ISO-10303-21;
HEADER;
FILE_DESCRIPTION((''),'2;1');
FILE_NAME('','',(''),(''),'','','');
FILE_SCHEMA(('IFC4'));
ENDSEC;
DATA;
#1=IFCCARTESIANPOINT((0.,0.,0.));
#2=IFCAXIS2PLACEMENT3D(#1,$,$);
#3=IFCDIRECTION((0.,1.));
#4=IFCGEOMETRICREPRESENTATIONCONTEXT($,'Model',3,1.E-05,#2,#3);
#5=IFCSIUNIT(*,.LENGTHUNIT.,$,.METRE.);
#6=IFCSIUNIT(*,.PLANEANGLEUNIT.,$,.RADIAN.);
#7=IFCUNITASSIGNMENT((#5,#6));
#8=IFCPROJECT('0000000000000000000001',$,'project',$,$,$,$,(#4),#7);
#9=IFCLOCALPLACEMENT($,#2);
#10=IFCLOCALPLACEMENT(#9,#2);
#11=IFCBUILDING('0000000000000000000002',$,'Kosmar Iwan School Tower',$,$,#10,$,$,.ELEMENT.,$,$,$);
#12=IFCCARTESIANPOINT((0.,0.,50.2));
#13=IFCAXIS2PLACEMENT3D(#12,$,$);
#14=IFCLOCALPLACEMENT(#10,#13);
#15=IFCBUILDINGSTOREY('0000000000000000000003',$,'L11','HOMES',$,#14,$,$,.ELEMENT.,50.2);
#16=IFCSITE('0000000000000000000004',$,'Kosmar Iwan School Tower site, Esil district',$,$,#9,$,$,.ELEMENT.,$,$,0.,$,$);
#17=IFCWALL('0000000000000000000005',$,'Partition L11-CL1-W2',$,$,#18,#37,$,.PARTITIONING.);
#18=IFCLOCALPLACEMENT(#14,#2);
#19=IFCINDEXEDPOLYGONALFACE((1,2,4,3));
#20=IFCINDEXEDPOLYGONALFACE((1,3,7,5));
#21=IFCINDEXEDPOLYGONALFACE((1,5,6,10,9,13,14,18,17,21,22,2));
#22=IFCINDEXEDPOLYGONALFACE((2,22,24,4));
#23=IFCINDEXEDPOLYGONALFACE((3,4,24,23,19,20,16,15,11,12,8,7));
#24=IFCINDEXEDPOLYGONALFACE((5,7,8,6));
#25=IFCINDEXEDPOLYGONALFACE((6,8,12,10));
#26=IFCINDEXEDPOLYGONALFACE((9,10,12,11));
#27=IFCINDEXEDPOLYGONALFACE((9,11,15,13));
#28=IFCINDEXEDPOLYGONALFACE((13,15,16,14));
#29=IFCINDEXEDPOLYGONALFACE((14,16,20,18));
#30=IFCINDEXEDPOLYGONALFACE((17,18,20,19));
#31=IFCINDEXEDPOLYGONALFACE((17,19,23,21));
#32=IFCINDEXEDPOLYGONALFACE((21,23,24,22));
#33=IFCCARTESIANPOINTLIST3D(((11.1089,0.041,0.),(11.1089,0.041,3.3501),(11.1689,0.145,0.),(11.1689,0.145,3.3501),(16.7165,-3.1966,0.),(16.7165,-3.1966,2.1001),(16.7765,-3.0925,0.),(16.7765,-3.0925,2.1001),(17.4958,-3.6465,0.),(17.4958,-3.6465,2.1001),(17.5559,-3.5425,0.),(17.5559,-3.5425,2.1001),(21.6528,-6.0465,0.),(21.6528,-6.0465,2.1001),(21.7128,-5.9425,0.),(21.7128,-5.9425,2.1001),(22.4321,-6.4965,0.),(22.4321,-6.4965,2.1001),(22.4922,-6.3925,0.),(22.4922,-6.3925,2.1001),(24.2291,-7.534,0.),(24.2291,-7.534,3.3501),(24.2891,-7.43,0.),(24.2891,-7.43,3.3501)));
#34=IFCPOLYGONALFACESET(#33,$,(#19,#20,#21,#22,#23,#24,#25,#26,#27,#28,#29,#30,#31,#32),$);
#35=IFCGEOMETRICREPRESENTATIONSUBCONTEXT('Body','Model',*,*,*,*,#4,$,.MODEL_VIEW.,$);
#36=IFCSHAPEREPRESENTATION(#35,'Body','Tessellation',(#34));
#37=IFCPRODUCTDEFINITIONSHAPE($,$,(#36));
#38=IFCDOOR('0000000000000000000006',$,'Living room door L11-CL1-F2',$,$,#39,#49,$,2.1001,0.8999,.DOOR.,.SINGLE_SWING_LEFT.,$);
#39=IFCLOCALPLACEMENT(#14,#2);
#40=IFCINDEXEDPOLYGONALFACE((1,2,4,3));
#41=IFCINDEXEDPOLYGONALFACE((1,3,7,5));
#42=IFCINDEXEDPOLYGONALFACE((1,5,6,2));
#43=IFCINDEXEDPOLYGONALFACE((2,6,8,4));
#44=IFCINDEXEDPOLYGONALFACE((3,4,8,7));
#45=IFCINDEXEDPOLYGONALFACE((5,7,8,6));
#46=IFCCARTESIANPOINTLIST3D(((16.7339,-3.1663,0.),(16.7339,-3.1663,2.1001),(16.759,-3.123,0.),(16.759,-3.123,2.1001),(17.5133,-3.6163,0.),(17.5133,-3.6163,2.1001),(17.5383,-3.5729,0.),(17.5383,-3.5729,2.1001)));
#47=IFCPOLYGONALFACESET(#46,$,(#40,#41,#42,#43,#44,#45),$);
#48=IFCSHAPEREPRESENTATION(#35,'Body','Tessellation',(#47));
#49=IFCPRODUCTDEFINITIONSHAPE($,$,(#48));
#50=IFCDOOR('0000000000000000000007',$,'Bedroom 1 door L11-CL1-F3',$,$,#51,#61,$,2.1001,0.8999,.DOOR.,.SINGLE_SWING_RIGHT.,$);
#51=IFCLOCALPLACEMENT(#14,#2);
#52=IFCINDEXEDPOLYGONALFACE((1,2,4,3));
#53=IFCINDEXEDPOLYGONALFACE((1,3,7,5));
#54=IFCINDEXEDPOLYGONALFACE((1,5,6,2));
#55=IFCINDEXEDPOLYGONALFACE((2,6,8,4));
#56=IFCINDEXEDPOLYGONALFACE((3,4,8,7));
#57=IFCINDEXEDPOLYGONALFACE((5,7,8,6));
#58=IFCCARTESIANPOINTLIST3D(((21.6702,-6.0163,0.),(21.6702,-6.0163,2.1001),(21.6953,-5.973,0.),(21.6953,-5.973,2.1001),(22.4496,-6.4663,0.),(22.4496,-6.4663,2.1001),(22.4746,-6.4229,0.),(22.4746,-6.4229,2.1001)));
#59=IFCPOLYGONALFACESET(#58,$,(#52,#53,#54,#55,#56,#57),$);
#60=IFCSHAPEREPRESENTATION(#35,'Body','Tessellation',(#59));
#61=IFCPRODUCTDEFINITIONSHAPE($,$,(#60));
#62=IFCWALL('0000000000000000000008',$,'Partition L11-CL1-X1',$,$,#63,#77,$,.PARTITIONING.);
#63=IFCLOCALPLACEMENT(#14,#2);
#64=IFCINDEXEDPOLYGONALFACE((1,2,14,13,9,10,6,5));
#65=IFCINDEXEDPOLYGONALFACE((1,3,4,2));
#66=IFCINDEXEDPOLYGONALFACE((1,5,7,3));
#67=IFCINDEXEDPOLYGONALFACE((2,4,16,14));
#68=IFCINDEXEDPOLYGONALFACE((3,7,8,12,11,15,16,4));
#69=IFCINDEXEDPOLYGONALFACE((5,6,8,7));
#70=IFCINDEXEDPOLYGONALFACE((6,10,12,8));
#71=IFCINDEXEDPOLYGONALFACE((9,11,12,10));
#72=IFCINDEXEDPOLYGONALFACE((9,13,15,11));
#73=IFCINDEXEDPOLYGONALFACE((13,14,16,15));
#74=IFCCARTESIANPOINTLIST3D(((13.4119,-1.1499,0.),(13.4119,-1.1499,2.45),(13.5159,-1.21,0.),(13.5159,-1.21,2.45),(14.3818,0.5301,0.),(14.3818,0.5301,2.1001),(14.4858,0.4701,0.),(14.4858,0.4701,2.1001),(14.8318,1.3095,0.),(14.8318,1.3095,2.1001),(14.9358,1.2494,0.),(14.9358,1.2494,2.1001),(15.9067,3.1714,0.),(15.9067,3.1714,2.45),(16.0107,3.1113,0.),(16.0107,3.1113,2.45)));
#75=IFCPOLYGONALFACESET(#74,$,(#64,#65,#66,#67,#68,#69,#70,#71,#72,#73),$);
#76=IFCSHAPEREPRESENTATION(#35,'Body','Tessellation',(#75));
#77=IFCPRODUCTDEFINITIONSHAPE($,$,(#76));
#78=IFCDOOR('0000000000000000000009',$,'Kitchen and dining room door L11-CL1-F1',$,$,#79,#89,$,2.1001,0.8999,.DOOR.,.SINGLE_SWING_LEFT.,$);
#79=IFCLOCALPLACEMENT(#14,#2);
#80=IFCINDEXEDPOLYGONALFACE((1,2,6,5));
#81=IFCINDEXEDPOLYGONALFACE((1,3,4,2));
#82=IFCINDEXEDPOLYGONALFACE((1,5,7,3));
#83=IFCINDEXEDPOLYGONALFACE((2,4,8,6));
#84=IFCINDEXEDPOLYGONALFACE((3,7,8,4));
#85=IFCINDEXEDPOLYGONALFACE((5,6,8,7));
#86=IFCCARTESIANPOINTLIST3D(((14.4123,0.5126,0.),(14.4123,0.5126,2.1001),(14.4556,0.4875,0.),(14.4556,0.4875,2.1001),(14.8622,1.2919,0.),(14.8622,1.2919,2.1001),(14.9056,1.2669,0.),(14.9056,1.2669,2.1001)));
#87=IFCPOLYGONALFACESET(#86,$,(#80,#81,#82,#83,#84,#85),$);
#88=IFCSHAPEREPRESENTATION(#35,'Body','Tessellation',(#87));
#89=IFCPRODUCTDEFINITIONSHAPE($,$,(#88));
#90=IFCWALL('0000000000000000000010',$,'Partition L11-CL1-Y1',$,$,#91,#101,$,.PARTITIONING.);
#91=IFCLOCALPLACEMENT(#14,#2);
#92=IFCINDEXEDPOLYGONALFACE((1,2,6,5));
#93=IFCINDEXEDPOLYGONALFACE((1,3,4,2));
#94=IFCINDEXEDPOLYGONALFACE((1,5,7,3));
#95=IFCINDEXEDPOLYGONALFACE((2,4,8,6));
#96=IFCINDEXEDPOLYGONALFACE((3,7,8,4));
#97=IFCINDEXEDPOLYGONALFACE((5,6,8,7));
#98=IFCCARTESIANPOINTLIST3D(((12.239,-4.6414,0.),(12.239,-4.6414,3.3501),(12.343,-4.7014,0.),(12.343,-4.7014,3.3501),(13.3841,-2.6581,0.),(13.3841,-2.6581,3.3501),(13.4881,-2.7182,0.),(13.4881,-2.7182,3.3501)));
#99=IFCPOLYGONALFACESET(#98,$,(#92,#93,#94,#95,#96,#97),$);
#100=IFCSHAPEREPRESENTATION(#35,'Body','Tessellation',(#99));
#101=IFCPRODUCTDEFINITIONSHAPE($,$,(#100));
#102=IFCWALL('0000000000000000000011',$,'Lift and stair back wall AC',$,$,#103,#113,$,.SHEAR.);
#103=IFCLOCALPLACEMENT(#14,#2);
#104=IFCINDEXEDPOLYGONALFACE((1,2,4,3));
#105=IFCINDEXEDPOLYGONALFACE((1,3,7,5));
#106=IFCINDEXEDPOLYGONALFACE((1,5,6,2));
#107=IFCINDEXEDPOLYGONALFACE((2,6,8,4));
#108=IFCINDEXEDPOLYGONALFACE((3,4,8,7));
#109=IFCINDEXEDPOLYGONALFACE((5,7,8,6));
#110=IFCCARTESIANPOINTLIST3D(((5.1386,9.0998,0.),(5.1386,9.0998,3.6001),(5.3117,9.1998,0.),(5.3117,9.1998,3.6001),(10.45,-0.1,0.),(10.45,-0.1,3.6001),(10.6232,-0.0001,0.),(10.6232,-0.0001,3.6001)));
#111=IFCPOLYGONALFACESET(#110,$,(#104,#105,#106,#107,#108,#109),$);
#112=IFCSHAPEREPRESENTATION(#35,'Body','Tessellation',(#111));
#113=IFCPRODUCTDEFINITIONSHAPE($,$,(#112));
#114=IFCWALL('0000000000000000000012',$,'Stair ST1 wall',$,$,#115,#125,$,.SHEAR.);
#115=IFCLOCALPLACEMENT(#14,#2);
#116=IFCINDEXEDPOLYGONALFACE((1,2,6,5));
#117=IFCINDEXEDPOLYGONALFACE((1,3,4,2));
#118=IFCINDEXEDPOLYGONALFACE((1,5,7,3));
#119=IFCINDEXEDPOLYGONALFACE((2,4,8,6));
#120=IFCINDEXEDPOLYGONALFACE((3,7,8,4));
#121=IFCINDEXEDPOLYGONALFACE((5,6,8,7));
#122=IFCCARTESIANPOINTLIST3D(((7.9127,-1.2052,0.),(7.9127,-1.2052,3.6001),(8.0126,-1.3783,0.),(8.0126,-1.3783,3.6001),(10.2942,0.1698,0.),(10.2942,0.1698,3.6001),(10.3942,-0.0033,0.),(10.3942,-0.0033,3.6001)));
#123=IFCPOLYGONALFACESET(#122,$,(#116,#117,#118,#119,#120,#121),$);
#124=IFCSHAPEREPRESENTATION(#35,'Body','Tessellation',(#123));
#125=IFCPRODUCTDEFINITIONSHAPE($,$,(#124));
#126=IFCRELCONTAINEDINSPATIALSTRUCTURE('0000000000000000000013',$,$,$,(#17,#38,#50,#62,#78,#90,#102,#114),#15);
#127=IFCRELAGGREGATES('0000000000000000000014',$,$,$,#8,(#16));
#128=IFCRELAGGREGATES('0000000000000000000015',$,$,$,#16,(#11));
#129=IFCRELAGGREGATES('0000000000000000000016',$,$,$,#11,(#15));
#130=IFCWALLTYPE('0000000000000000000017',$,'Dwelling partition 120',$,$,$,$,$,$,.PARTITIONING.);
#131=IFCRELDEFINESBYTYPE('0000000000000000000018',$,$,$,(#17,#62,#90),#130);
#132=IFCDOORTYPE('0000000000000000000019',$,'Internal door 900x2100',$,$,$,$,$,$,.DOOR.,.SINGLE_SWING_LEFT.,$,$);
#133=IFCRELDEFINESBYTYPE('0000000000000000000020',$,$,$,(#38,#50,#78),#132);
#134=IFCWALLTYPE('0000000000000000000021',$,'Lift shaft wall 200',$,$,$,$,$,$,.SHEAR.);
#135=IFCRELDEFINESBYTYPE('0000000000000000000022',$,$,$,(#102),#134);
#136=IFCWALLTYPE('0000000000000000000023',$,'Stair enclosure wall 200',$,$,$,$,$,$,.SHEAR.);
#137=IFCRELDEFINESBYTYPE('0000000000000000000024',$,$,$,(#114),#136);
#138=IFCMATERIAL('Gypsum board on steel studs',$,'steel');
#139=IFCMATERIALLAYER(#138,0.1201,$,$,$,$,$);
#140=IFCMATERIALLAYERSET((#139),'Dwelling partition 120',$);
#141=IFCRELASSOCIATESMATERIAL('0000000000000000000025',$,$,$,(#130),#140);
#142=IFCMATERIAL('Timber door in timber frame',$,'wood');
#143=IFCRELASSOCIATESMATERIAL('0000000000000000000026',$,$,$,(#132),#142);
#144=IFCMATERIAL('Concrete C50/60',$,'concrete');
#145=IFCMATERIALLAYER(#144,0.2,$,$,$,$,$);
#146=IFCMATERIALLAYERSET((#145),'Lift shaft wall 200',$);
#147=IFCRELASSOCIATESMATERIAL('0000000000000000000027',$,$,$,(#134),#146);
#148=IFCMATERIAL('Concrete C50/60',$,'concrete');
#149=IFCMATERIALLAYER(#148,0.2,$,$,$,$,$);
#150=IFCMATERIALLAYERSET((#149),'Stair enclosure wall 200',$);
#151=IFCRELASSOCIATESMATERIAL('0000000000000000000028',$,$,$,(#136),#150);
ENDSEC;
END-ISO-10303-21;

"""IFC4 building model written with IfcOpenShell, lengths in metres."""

from ifc_helpers import new_model, si_unit, direction, frame, frame_2d, origin, place, context, subcontext, project, spatial, rectangle, extrude, material, layer, layer_set, type_object, element, fill, save


model = new_model("IFC4")

# Units and contexts
model_context = context("Model", 3, precision=1e-05, world=origin(), true_north=direction((0.0, 1.0)))
body_context = subcontext(model_context, "Body", "Model", "MODEL_VIEW")
ifc_project = project(units=[si_unit("LENGTHUNIT", "METRE"), si_unit("PLANEANGLEUNIT", "RADIAN")], contexts=[model_context])

# Site, building, storey
site_placement = place(None, origin())
site = spatial("IfcSite", under=ifc_project, at=site_placement, Name="Kosmar Iwan School Tower site, Esil district", CompositionType="ELEMENT", RefElevation=0.0)
building_placement = place(site_placement, origin())
building = spatial("IfcBuilding", under=site, at=building_placement, Name="Kosmar Iwan School Tower", CompositionType="ELEMENT")
storey_placement = place(building_placement, frame((0.0, 0.0, 50.2)))
storey = spatial("IfcBuildingStorey", under=building, at=storey_placement, Name="L11", Description="HOMES", CompositionType="ELEMENT", Elevation=50.2)

# Wall, openings, doors
ifc_material_1 = material(Name="Gypsum board on steel studs", Category="steel")
ifc_layer_1 = layer(ifc_material_1, 0.1201)
ifc_layer_set_1 = layer_set([ifc_layer_1], Name="Dwelling partition 120")
wall_type_1 = type_object("IfcWallType", Name="Dwelling partition 120", PredefinedType="PARTITIONING", material=ifc_layer_set_1)
ifc_material_2 = material(Name="Timber door in timber frame", Category="wood")
door_type_1 = type_object("IfcDoorType", Name="Internal door 900x2100", OperationType="SINGLE_SWING_LEFT", PredefinedType="DOOR", material=ifc_material_2)
wall_1_placement = place(storey_placement, frame((11.1389, 0.093, 0.0), z_axis=(0.0, 0.0, 1.0), x_axis=(0.866024, -0.500002, 0.0)))
wall_1 = element("IfcWall", 1, at=wall_1_placement, inside=storey, type_object=wall_type_1, Name="Partition L11-CL1-W2", PredefinedType="PARTITIONING", context=body_context, shape_type="SweptSolid", body=[
    extrude(rectangle(XDim=15.1499, YDim=0.1201, at=frame_2d((7.575, 0.0))), origin(), (0.0, 0.0, 1.0), 3.3501),
])
opening_1_placement = place(wall_1_placement, frame((6.4751, 0.0, 0.0)))
opening_1 = element("IfcOpeningElement", 2, at=opening_1_placement, cuts=wall_1, PredefinedType="OPENING", context=body_context, shape_type="SweptSolid", body=[
    extrude(rectangle(XDim=0.8999, YDim=2.1001, at=frame_2d((0.45, 1.05))), frame((0.0, 0.072, 0.0), z_axis=(0.0, -1.0, 0.0), x_axis=(1.0, 0.0, 0.0)), (0.0, 0.0, 1.0), 0.144),
])
opening_2_placement = place(wall_1_placement, frame((12.175, 0.0, 0.0)))
opening_2 = element("IfcOpeningElement", 3, at=opening_2_placement, cuts=wall_1, PredefinedType="OPENING", context=body_context, shape_type="SweptSolid", body=[
    extrude(rectangle(XDim=0.8999, YDim=2.1001, at=frame_2d((0.45, 1.05))), frame((0.0, 0.072, 0.0), z_axis=(0.0, -1.0, 0.0), x_axis=(1.0, 0.0, 0.0)), (0.0, 0.0, 1.0), 0.144),
])
door_1_placement = place(opening_1_placement, origin())
door_1 = element("IfcDoor", 4, at=door_1_placement, inside=storey, type_object=door_type_1, Name="Living room door L11-CL1-F2", OperationType="SINGLE_SWING_LEFT", OverallHeight=2.1001, OverallWidth=0.8999, PredefinedType="DOOR", context=body_context, shape_type="SweptSolid", body=[
    extrude(rectangle(XDim=0.8999, YDim=2.1001, at=frame_2d((0.45, 1.05))), frame((0.0, 0.0249, 0.0), z_axis=(0.0, -1.0, 0.0), x_axis=(1.0, 0.0, 0.0)), (0.0, 0.0, 1.0), 0.05),
])
fill(opening_1, door_1)
door_2_placement = place(opening_2_placement, origin())
door_2 = element("IfcDoor", 5, at=door_2_placement, inside=storey, type_object=door_type_1, Name="Bedroom 1 door L11-CL1-F3", OperationType="SINGLE_SWING_RIGHT", OverallHeight=2.1001, OverallWidth=0.8999, PredefinedType="DOOR", context=body_context, shape_type="SweptSolid", body=[
    extrude(rectangle(XDim=0.8999, YDim=2.1001, at=frame_2d((0.45, 1.05))), frame((0.0, 0.0249, 0.0), z_axis=(0.0, -1.0, 0.0), x_axis=(1.0, 0.0, 0.0)), (0.0, 0.0, 1.0), 0.05),
])
fill(opening_2, door_2)

# Wall, opening, door
wall_2_placement = place(storey_placement, frame((13.4639, -1.1799, 0.0), z_axis=(0.0, 0.0, 1.0), x_axis=(0.499996, 0.866028, 0.0)))
wall_2 = element("IfcWall", 6, at=wall_2_placement, inside=storey, type_object=wall_type_1, Name="Partition L11-CL1-X1", PredefinedType="PARTITIONING", context=body_context, shape_type="SweptSolid", body=[
    extrude(rectangle(XDim=4.9897, YDim=0.1201, at=frame_2d((2.4949, 0.0))), origin(), (0.0, 0.0, 1.0), 2.45),
])
opening_3_placement = place(wall_2_placement, frame((1.9399, 0.0, 0.0)))
opening_3 = element("IfcOpeningElement", 7, at=opening_3_placement, cuts=wall_2, PredefinedType="OPENING", context=body_context, shape_type="SweptSolid", body=[
    extrude(rectangle(XDim=0.8999, YDim=2.1001, at=frame_2d((0.45, 1.05))), frame((0.0, 0.072, 0.0), z_axis=(0.0, -1.0, 0.0), x_axis=(1.0, 0.0, 0.0)), (0.0, 0.0, 1.0), 0.144),
])
door_3_placement = place(opening_3_placement, origin())
door_3 = element("IfcDoor", 8, at=door_3_placement, inside=storey, type_object=door_type_1, Name="Kitchen and dining room door L11-CL1-F1", OperationType="SINGLE_SWING_LEFT", OverallHeight=2.1001, OverallWidth=0.8999, PredefinedType="DOOR", context=body_context, shape_type="SweptSolid", body=[
    extrude(rectangle(XDim=0.8999, YDim=2.1001, at=frame_2d((0.45, 1.05))), frame((0.0, 0.0249, 0.0), z_axis=(0.0, -1.0, 0.0), x_axis=(1.0, 0.0, 0.0)), (0.0, 0.0, 1.0), 0.05),
])
fill(opening_3, door_3)

# Walls
wall_3_placement = place(storey_placement, frame((12.291, -4.6714, 0.0), z_axis=(0.0, 0.0, 1.0), x_axis=(0.500015, 0.866017, 0.0)))
element("IfcWall", 9, at=wall_3_placement, inside=storey, type_object=wall_type_1, Name="Partition L11-CL1-Y1", PredefinedType="PARTITIONING", context=body_context, shape_type="SweptSolid", body=[
    extrude(rectangle(XDim=2.29, YDim=0.1201, at=frame_2d((1.145, 0.0))), origin(), (0.0, 0.0, 1.0), 3.3501),
])
ifc_material_3 = material(Name="Concrete C50/60", Category="concrete")
ifc_layer_2 = layer(ifc_material_3, 0.2)
ifc_layer_set_2 = layer_set([ifc_layer_2], Name="Lift shaft wall 200")
wall_type_2 = type_object("IfcWallType", Name="Lift shaft wall 200", PredefinedType="SHEAR", material=ifc_layer_set_2)
wall_4_placement = place(storey_placement, frame((10.5366, -0.05, 0.0), z_axis=(0.0, 0.0, 1.0), x_axis=(-0.499995, 0.866028, 0.0)))
element("IfcWall", 10, at=wall_4_placement, inside=storey, type_object=wall_type_2, Name="Lift and stair back wall AC", PredefinedType="SHEAR", context=body_context, shape_type="SweptSolid", body=[
    extrude(rectangle(XDim=10.623, YDim=0.2, at=frame_2d((5.3115, 0.0))), origin(), (0.0, 0.0, 1.0), 3.6001),
])
ifc_material_4 = material(Name="Concrete C50/60", Category="concrete")
ifc_layer_3 = layer(ifc_material_4, 0.2)
ifc_layer_set_3 = layer_set([ifc_layer_3], Name="Stair enclosure wall 200")
wall_type_3 = type_object("IfcWallType", Name="Stair enclosure wall 200", PredefinedType="SHEAR", material=ifc_layer_set_3)
wall_5_placement = place(storey_placement, frame((7.9626, -1.2917, 0.0), z_axis=(0.0, 0.0, 1.0), x_axis=(0.866027, 0.499997, 0.0)))
element("IfcWall", 11, at=wall_5_placement, inside=storey, type_object=wall_type_3, Name="Stair ST1 wall", PredefinedType="SHEAR", context=body_context, shape_type="SweptSolid", body=[
    extrude(rectangle(XDim=2.75, YDim=0.2, at=frame_2d((1.375, 0.0))), origin(), (0.0, 0.0, 1.0), 3.6001),
])

save(model, "model.ifc")
